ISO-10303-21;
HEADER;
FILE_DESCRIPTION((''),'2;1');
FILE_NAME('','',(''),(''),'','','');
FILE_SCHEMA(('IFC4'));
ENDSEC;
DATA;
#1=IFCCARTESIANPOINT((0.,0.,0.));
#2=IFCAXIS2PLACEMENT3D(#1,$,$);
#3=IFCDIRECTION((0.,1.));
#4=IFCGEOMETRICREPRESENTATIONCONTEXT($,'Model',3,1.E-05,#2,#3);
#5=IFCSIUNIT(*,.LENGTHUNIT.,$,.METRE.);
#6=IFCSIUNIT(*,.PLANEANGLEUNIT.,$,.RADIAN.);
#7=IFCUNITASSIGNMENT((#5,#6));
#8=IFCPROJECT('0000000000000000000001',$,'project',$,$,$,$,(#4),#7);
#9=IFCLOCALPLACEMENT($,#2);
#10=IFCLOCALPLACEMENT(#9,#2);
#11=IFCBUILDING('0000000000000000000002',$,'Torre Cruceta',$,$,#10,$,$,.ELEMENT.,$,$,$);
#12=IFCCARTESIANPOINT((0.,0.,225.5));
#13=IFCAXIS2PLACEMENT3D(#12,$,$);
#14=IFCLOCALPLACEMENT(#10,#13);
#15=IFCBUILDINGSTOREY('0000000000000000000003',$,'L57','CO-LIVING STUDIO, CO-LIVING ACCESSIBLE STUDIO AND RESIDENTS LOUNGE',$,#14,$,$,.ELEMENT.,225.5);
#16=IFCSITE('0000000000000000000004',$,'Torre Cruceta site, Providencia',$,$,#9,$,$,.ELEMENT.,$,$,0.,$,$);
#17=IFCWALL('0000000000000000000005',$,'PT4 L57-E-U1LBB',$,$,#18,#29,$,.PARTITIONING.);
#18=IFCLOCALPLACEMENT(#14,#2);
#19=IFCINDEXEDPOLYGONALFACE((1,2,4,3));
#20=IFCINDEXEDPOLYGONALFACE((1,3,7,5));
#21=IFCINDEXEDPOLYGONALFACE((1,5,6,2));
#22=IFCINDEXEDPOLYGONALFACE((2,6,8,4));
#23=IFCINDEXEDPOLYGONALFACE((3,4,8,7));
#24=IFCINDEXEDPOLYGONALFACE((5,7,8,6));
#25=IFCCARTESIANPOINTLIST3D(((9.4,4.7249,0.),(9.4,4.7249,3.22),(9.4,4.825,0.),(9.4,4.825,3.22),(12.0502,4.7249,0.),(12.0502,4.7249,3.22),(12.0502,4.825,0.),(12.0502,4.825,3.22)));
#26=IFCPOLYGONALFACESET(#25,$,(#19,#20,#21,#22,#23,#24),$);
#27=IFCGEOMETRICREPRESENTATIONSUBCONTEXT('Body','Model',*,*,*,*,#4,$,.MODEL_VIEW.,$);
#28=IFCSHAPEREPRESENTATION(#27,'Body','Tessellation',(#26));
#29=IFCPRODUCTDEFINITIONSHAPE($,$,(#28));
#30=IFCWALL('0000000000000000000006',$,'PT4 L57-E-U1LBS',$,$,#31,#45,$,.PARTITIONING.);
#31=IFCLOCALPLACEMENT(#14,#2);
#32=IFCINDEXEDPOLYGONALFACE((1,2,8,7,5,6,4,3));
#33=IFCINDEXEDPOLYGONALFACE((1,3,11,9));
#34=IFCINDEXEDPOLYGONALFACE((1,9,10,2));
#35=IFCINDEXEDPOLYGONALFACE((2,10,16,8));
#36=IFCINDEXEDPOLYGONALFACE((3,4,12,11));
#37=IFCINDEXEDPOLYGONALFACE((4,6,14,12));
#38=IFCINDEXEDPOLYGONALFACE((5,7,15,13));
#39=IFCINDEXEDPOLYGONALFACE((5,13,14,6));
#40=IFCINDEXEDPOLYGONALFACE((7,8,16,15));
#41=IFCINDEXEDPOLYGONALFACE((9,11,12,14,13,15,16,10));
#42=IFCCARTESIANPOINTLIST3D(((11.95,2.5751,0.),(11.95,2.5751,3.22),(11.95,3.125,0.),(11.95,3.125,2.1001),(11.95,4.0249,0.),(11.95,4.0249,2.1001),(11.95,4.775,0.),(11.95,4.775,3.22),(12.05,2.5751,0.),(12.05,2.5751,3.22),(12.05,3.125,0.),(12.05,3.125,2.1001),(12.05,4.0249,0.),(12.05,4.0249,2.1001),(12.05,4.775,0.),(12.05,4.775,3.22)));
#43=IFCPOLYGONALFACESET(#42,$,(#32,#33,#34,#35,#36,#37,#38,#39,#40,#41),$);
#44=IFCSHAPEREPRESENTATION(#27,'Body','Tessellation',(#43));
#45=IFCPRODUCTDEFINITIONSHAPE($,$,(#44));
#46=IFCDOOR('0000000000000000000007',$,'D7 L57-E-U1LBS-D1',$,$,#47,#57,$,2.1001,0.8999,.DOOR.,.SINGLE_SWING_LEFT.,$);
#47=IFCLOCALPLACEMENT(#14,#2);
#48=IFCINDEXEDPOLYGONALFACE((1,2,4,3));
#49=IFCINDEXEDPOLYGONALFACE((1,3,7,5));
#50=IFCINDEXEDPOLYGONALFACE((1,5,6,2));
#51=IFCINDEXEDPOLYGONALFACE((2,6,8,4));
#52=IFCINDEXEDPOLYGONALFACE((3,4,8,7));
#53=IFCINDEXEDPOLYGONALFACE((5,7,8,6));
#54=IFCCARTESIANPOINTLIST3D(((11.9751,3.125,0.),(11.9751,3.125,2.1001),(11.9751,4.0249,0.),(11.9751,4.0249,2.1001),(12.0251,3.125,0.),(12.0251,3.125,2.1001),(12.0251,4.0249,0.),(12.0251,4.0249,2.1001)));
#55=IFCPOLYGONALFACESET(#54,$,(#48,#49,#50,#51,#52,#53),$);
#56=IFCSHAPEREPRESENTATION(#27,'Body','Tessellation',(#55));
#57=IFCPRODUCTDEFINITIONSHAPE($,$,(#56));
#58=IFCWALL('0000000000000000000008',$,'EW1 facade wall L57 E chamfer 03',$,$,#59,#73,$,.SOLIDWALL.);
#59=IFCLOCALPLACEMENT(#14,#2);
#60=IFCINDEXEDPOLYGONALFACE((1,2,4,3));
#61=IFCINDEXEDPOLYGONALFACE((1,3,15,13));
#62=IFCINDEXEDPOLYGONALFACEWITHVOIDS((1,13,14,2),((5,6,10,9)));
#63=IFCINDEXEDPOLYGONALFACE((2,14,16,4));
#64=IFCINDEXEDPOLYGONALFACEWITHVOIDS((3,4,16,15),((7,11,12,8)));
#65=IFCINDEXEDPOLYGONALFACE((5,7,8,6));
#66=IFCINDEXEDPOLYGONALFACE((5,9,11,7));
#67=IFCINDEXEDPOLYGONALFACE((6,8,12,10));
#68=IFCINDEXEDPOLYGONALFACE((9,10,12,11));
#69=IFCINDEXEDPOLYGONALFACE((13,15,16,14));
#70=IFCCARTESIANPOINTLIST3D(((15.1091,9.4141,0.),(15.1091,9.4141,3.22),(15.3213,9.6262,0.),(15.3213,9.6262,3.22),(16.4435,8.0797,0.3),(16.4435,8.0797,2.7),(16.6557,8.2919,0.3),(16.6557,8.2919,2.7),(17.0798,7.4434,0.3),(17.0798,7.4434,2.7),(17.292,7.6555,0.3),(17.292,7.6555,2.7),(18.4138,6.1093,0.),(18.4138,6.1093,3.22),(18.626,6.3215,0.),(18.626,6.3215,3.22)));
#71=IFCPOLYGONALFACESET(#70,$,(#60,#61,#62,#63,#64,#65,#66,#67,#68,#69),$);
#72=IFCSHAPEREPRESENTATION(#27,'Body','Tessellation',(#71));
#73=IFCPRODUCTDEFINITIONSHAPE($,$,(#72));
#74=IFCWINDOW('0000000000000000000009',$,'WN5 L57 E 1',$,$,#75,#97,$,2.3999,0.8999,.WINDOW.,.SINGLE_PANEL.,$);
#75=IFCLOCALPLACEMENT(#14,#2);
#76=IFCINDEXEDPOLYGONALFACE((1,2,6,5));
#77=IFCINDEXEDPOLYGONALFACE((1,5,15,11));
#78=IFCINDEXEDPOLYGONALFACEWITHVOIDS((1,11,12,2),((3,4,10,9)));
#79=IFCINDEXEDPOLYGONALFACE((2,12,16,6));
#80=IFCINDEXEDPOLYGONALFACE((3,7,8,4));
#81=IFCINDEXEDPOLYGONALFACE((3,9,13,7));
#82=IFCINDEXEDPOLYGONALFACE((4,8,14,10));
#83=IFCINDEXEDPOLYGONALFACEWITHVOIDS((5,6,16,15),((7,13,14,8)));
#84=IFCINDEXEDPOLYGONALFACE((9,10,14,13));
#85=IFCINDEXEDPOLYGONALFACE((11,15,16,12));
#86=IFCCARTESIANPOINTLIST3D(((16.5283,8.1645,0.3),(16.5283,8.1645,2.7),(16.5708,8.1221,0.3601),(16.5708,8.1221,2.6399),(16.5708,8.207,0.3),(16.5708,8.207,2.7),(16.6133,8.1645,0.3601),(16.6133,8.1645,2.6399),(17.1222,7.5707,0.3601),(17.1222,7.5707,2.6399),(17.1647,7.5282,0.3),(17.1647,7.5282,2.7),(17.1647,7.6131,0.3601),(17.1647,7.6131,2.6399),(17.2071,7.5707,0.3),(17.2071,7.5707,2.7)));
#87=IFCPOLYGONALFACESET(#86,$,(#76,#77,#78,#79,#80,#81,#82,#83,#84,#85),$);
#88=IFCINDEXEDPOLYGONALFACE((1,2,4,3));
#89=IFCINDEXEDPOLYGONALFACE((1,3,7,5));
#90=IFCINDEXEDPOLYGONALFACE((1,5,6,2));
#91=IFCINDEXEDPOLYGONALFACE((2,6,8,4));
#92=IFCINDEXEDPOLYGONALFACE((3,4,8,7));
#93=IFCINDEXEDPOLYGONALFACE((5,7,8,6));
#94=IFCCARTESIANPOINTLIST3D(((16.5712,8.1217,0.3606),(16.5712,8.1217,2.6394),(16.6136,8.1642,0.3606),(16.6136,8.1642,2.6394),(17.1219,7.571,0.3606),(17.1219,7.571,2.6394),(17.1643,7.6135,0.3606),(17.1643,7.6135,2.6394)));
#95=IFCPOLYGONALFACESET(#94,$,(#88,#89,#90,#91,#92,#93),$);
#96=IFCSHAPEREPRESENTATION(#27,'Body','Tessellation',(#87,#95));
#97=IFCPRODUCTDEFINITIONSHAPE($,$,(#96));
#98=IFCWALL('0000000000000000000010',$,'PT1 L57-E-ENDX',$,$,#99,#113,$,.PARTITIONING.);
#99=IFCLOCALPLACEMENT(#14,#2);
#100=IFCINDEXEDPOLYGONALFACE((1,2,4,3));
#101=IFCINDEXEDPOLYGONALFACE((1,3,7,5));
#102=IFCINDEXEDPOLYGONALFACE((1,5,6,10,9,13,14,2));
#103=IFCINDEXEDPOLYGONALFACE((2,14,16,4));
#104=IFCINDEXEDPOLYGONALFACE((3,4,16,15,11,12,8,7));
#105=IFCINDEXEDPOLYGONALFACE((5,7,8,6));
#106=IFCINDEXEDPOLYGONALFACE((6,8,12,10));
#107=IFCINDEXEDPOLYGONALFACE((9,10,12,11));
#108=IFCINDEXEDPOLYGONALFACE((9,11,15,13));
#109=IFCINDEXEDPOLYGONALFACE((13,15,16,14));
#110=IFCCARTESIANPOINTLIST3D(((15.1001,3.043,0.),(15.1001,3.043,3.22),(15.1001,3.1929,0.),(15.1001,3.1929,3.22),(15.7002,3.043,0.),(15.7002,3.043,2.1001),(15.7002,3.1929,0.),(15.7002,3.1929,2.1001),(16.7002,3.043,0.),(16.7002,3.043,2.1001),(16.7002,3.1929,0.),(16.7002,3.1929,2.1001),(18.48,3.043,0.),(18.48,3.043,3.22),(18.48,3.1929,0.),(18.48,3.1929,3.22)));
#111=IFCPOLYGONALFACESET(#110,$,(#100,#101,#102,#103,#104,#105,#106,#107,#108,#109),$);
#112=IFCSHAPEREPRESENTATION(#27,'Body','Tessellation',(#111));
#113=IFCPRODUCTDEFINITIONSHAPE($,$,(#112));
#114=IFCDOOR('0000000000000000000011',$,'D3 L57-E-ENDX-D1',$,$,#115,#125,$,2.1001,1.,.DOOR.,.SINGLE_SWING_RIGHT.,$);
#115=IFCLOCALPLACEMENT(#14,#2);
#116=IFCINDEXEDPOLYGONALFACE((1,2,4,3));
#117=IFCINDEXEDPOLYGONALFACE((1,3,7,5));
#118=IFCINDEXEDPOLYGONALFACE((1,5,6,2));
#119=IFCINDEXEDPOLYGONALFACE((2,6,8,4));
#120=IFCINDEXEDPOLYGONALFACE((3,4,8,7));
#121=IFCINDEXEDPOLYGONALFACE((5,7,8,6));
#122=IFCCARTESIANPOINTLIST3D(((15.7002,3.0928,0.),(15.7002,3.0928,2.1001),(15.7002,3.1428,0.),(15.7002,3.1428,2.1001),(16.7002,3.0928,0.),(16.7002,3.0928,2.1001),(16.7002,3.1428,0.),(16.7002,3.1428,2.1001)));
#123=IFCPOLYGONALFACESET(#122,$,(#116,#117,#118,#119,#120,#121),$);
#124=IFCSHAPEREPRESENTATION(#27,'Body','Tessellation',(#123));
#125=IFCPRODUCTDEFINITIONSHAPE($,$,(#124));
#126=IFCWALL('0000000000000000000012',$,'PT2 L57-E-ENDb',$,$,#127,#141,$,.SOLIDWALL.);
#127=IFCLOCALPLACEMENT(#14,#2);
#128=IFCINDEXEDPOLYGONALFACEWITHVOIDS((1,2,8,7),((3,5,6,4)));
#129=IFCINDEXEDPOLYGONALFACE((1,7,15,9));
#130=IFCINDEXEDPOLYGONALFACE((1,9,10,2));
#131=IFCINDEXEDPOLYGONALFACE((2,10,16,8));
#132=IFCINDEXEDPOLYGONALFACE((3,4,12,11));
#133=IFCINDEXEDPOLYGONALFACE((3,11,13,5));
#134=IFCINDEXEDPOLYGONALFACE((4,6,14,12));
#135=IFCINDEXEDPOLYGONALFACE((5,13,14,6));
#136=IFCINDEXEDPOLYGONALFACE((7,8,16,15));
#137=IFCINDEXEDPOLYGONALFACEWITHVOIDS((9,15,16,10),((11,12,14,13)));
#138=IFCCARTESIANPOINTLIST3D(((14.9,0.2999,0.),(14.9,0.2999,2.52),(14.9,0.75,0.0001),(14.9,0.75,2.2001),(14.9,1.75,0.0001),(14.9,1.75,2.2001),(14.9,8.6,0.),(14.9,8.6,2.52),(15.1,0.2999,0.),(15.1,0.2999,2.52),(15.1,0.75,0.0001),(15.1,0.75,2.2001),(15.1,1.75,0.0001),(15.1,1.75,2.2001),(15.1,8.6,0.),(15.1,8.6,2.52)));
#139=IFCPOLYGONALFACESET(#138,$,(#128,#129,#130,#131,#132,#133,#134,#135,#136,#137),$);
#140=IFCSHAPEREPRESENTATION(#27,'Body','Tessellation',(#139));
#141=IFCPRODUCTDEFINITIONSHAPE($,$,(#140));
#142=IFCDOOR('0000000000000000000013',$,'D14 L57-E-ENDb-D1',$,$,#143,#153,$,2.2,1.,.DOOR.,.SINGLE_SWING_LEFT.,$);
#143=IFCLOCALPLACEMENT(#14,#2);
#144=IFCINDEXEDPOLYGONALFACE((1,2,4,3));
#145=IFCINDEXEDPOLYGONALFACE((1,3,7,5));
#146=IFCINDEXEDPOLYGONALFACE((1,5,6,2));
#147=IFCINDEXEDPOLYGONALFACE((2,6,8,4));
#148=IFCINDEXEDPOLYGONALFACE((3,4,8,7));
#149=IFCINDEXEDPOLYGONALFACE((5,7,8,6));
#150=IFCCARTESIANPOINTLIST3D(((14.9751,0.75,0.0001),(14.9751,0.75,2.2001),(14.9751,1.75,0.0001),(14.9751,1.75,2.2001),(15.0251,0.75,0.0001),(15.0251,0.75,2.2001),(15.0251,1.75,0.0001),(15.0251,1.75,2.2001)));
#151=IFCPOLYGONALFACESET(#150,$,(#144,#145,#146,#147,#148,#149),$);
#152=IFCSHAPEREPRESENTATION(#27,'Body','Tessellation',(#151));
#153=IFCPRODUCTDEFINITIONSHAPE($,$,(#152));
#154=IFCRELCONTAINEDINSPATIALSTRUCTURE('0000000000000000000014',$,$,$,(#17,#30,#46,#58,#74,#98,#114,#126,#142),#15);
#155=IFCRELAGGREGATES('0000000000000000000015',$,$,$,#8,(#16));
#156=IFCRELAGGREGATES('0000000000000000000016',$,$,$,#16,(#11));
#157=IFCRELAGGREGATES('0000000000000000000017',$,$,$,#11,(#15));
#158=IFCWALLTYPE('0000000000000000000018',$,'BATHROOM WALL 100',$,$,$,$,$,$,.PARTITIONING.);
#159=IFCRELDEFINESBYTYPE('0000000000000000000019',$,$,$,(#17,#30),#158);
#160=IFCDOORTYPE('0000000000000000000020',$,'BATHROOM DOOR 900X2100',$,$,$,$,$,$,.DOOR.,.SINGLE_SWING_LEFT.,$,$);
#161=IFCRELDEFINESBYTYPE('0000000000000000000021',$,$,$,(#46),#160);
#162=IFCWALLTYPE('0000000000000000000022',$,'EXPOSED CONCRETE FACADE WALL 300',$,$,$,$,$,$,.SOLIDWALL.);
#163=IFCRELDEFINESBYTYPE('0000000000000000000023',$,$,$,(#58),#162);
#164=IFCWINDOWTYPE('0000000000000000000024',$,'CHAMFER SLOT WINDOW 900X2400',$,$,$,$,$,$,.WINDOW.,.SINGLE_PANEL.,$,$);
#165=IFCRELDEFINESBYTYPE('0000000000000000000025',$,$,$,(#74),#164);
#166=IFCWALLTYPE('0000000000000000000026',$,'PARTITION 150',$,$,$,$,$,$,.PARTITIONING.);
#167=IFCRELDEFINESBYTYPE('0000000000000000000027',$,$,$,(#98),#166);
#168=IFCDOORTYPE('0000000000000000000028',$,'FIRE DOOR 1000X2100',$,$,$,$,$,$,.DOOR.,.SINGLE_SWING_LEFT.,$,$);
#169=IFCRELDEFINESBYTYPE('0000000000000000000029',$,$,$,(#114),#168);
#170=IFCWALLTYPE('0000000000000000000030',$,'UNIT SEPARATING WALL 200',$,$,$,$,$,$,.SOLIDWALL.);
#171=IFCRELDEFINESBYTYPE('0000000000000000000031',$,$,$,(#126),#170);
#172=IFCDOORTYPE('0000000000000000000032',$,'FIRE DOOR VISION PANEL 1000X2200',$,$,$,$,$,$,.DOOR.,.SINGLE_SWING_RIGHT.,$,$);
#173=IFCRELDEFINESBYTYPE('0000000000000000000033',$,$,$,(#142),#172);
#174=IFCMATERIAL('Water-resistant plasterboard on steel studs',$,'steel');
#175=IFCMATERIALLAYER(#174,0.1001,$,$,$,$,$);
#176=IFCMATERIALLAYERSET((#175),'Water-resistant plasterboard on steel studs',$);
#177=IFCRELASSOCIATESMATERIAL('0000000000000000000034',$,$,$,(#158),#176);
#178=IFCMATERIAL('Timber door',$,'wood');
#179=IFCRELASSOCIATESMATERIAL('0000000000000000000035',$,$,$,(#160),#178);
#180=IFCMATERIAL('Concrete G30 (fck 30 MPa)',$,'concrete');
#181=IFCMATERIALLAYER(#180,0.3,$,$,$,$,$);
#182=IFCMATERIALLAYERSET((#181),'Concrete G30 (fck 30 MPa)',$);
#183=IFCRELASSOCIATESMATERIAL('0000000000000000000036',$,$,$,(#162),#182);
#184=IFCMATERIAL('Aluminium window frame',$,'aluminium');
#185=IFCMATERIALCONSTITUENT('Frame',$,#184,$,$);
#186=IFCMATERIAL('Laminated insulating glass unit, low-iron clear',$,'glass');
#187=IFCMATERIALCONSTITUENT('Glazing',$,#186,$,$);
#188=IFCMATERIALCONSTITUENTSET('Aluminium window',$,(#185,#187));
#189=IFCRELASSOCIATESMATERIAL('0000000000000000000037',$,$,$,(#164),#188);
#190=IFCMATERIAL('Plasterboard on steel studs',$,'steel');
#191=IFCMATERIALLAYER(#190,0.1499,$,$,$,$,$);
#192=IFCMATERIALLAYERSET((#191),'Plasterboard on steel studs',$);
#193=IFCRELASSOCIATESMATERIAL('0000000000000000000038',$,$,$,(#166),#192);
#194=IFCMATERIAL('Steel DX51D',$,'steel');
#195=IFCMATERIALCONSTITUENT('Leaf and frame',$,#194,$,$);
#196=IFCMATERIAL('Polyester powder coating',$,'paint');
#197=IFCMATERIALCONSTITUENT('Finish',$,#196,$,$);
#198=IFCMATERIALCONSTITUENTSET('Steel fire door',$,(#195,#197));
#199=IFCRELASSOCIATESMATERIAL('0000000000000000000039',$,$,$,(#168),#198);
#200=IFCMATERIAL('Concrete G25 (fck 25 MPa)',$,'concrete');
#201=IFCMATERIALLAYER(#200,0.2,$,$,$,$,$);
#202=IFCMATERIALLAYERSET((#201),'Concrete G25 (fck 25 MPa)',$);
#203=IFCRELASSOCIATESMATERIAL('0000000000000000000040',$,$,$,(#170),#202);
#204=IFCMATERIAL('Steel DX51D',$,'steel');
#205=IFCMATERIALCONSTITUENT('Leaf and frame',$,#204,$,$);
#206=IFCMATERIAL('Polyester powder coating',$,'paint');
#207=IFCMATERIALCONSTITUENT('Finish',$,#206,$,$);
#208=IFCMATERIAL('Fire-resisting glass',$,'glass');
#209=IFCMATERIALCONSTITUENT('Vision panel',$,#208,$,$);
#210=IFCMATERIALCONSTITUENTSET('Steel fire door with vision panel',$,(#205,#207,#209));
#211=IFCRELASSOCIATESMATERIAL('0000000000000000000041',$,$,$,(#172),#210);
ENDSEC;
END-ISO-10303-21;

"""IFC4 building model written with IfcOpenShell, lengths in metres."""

from ifc_helpers import new_model, si_unit, direction, frame, frame_2d, origin, place, context, subcontext, project, spatial, rectangle, hollow_rectangle, extrude, material, layer, layer_set, constituent, constituent_set, type_object, element, fill, save


model = new_model("IFC4")

# Units and contexts
model_context = context("Model", 3, precision=1e-05, world=origin(), true_north=direction((0.0, 1.0)))
body_context = subcontext(model_context, "Body", "Model", "MODEL_VIEW")
ifc_project = project(units=[si_unit("LENGTHUNIT", "METRE"), si_unit("PLANEANGLEUNIT", "RADIAN")], contexts=[model_context])

# Site, building, storey
site_placement = place(None, origin())
site = spatial("IfcSite", under=ifc_project, at=site_placement, Name="Torre Cruceta site, Providencia", CompositionType="ELEMENT", RefElevation=0.0)
building_placement = place(site_placement, origin())
building = spatial("IfcBuilding", under=site, at=building_placement, Name="Torre Cruceta", CompositionType="ELEMENT")
storey_placement = place(building_placement, frame((0.0, 0.0, 225.5)))
storey = spatial("IfcBuildingStorey", under=building, at=storey_placement, Name="L57", Description="CO-LIVING STUDIO, CO-LIVING ACCESSIBLE STUDIO AND RESIDENTS LOUNGE", CompositionType="ELEMENT", Elevation=225.5)

# Wall
ifc_material_1 = material(Name="Water-resistant plasterboard on steel studs", Category="steel")
ifc_layer_1 = layer(ifc_material_1, 0.1001)
ifc_layer_set_1 = layer_set([ifc_layer_1], Name="Water-resistant plasterboard on steel studs")
wall_type_1 = type_object("IfcWallType", Name="BATHROOM WALL 100", PredefinedType="PARTITIONING", material=ifc_layer_set_1)
wall_1_placement = place(storey_placement, frame((9.3999, 4.7749, 0.0), z_axis=(0.0, 0.0, 1.0), x_axis=(1.0, 0.0, 0.0)))
element("IfcWall", 1, at=wall_1_placement, inside=storey, type_object=wall_type_1, Name="PT4 L57-E-U1LBB", PredefinedType="PARTITIONING", context=body_context, shape_type="SweptSolid", body=[
    extrude(rectangle(XDim=2.6501, YDim=0.1001, at=frame_2d((1.3252, 0.0))), origin(), (0.0, 0.0, 1.0), 3.22),
])

# Wall, opening, door
wall_2_placement = place(storey_placement, frame((12.0, 2.575, 0.0), z_axis=(0.0, 0.0, 1.0), x_axis=(0.0, 1.0, 0.0)))
wall_2 = element("IfcWall", 2, at=wall_2_placement, inside=storey, type_object=wall_type_1, Name="PT4 L57-E-U1LBS", PredefinedType="PARTITIONING", context=body_context, shape_type="SweptSolid", body=[
    extrude(rectangle(XDim=2.2, YDim=0.1001, at=frame_2d((1.1001, 0.0))), origin(), (0.0, 0.0, 1.0), 3.22),
])
opening_1_placement = place(wall_2_placement, frame((0.55, 0.0, 0.0)))
opening_1 = element("IfcOpeningElement", 3, at=opening_1_placement, cuts=wall_2, PredefinedType="OPENING", context=body_context, shape_type="SweptSolid", body=[
    extrude(rectangle(XDim=0.8999, YDim=2.1001, at=frame_2d((0.45, 1.05))), frame((0.0, 0.0601, 0.0), z_axis=(0.0, -1.0, 0.0), x_axis=(1.0, 0.0, 0.0)), (0.0, 0.0, 1.0), 0.1201),
])
ifc_material_2 = material(Name="Timber door", Category="wood")
door_type_1 = type_object("IfcDoorType", Name="BATHROOM DOOR 900X2100", OperationType="SINGLE_SWING_LEFT", PredefinedType="DOOR", material=ifc_material_2)
door_1_placement = place(opening_1_placement, origin())
door_1 = element("IfcDoor", 4, at=door_1_placement, inside=storey, type_object=door_type_1, Name="D7 L57-E-U1LBS-D1", OperationType="SINGLE_SWING_LEFT", OverallHeight=2.1001, OverallWidth=0.8999, PredefinedType="DOOR", context=body_context, shape_type="SweptSolid", body=[
    extrude(rectangle(XDim=0.8999, YDim=2.1001, at=frame_2d((0.45, 1.05))), frame((0.0, 0.0249, 0.0), z_axis=(0.0, -1.0, 0.0), x_axis=(1.0, 0.0, 0.0)), (0.0, 0.0, 1.0), 0.05),
])
fill(opening_1, door_1)

# Wall, opening, window
ifc_material_3 = material(Name="Concrete G30 (fck 30 MPa)", Category="concrete")
ifc_layer_2 = layer(ifc_material_3, 0.3)
ifc_layer_set_2 = layer_set([ifc_layer_2], Name="Concrete G30 (fck 30 MPa)")
wall_type_2 = type_object("IfcWallType", Name="EXPOSED CONCRETE FACADE WALL 300", PredefinedType="SOLIDWALL", material=ifc_layer_set_2)
wall_3_placement = place(storey_placement, frame((18.52, 6.2153, 0.0), z_axis=(0.0, 0.0, 1.0), x_axis=(-0.707107, 0.707107, 0.0)))
wall_3 = element("IfcWall", 5, at=wall_3_placement, inside=storey, type_object=wall_type_2, Name="EW1 facade wall L57 E chamfer 03", PredefinedType="SOLIDWALL", context=body_context, shape_type="SweptSolid", body=[
    extrude(rectangle(XDim=4.6736, YDim=0.3, at=frame_2d((2.3369, 0.0))), origin(), (0.0, 0.0, 1.0), 3.22),
])
opening_2_placement = place(wall_3_placement, frame((1.8867, 0.0, 0.3)))
opening_2 = element("IfcOpeningElement", 6, at=opening_2_placement, cuts=wall_3, PredefinedType="OPENING", context=body_context, shape_type="SweptSolid", body=[
    extrude(rectangle(XDim=0.8999, YDim=2.3999, at=frame_2d((0.45, 1.2))), frame((0.0, 0.1599, 0.0), z_axis=(0.0, -1.0, 0.0), x_axis=(1.0, 0.0, 0.0)), (0.0, 0.0, 1.0), 0.3201),
])
ifc_material_4 = material(Name="Aluminium window frame", Category="aluminium")
ifc_constituent_1 = constituent(ifc_material_4, Name="Frame")
ifc_material_5 = material(Name="Laminated insulating glass unit, low-iron clear", Category="glass")
ifc_constituent_2 = constituent(ifc_material_5, Name="Glazing")
ifc_constituent_set_1 = constituent_set(constituents=[ifc_constituent_1, ifc_constituent_2], Name="Aluminium window")
window_type = type_object("IfcWindowType", Name="CHAMFER SLOT WINDOW 900X2400", PartitioningType="SINGLE_PANEL", PredefinedType="WINDOW", material=ifc_constituent_set_1)
window_placement = place(opening_2_placement, origin())
window = element("IfcWindow", 7, at=window_placement, inside=storey, type_object=window_type, Name="WN5 L57 E 1", OverallHeight=2.3999, OverallWidth=0.8999, PartitioningType="SINGLE_PANEL", PredefinedType="WINDOW", context=body_context, shape_type="SweptSolid", body=[
    extrude(hollow_rectangle(XDim=0.8999, YDim=2.3999, WallThickness=0.0601, at=frame_2d((0.45, 1.2))), frame((0.0, 0.03, 0.0), z_axis=(0.0, -1.0, 0.0), x_axis=(1.0, 0.0, 0.0)), (0.0, 0.0, 1.0), 0.0601),
    extrude(rectangle(XDim=0.7788, YDim=2.2788, at=frame_2d((0.45, 1.2))), frame((0.0, 0.03, 0.0), z_axis=(0.0, -1.0, 0.0), x_axis=(1.0, 0.0, 0.0)), (0.0, 0.0, 1.0), 0.0601),
])
fill(opening_2, window)

# Walls, openings, doors
ifc_material_6 = material(Name="Plasterboard on steel studs", Category="steel")
ifc_layer_3 = layer(ifc_material_6, 0.1499)
ifc_layer_set_3 = layer_set([ifc_layer_3], Name="Plasterboard on steel studs")
wall_type_3 = type_object("IfcWallType", Name="PARTITION 150", PredefinedType="PARTITIONING", material=ifc_layer_set_3)
wall_4_placement = place(storey_placement, frame((15.1001, 3.1179, 0.0), z_axis=(0.0, 0.0, 1.0), x_axis=(1.0, 0.0, 0.0)))
wall_4 = element("IfcWall", 8, at=wall_4_placement, inside=storey, type_object=wall_type_3, Name="PT1 L57-E-ENDX", PredefinedType="PARTITIONING", context=body_context, shape_type="SweptSolid", body=[
    extrude(rectangle(XDim=3.3799, YDim=0.1499, at=frame_2d((1.6899, 0.0))), origin(), (0.0, 0.0, 1.0), 3.22),
])
opening_3_placement = place(wall_4_placement, frame((0.6001, 0.0, 0.0)))
opening_3 = element("IfcOpeningElement", 9, at=opening_3_placement, cuts=wall_4, PredefinedType="OPENING", context=body_context, shape_type="SweptSolid", body=[
    extrude(rectangle(XDim=1.0, YDim=2.1001, at=frame_2d((0.5, 1.05))), frame((0.0, 0.085, 0.0), z_axis=(0.0, -1.0, 0.0), x_axis=(1.0, 0.0, 0.0)), (0.0, 0.0, 1.0), 0.1699),
])
ifc_material_7 = material(Name="Steel DX51D", Category="steel")
ifc_constituent_3 = constituent(ifc_material_7, Name="Leaf and frame")
ifc_material_8 = material(Name="Polyester powder coating", Category="paint")
ifc_constituent_4 = constituent(ifc_material_8, Name="Finish")
ifc_constituent_set_2 = constituent_set(constituents=[ifc_constituent_3, ifc_constituent_4], Name="Steel fire door")
door_type_2 = type_object("IfcDoorType", Name="FIRE DOOR 1000X2100", OperationType="SINGLE_SWING_LEFT", PredefinedType="DOOR", material=ifc_constituent_set_2)
door_2_placement = place(opening_3_placement, frame((1.0, 0.0, 0.0), z_axis=(0.0, 0.0, 1.0), x_axis=(-1.0, 0.0, 0.0)))
door_2 = element("IfcDoor", 10, at=door_2_placement, inside=storey, type_object=door_type_2, Name="D3 L57-E-ENDX-D1", OperationType="SINGLE_SWING_RIGHT", OverallHeight=2.1001, OverallWidth=1.0, PredefinedType="DOOR", context=body_context, shape_type="SweptSolid", body=[
    extrude(rectangle(XDim=1.0, YDim=2.1001, at=frame_2d((0.5, 1.05))), frame((0.0, 0.0251, 0.0), z_axis=(0.0, -1.0, 0.0), x_axis=(1.0, 0.0, 0.0)), (0.0, 0.0, 1.0), 0.05),
])
fill(opening_3, door_2)
ifc_material_9 = material(Name="Concrete G25 (fck 25 MPa)", Category="concrete")
ifc_layer_4 = layer(ifc_material_9, 0.2)
ifc_layer_set_4 = layer_set([ifc_layer_4], Name="Concrete G25 (fck 25 MPa)")
wall_type_4 = type_object("IfcWallType", Name="UNIT SEPARATING WALL 200", PredefinedType="SOLIDWALL", material=ifc_layer_set_4)
wall_5_placement = place(storey_placement, frame((15.0, 0.3, 0.0), z_axis=(0.0, 0.0, 1.0), x_axis=(0.0, 1.0, 0.0)))
wall_5 = element("IfcWall", 11, at=wall_5_placement, inside=storey, type_object=wall_type_4, Name="PT2 L57-E-ENDb", PredefinedType="SOLIDWALL", context=body_context, shape_type="SweptSolid", body=[
    extrude(rectangle(XDim=8.3, YDim=0.2, at=frame_2d((4.1499, 0.0))), origin(), (0.0, 0.0, 1.0), 2.52),
])
opening_4_placement = place(wall_5_placement, frame((0.45, 0.0, 0.0)))
opening_4 = element("IfcOpeningElement", 12, at=opening_4_placement, cuts=wall_5, PredefinedType="OPENING", context=body_context, shape_type="SweptSolid", body=[
    extrude(rectangle(XDim=1.0, YDim=2.2, at=frame_2d((0.5, 1.1001))), frame((0.0, 0.1099, 0.0), z_axis=(0.0, -1.0, 0.0), x_axis=(1.0, 0.0, 0.0)), (0.0, 0.0, 1.0), 0.22),
])
ifc_material_10 = material(Name="Steel DX51D", Category="steel")
ifc_constituent_5 = constituent(ifc_material_10, Name="Leaf and frame")
ifc_material_11 = material(Name="Polyester powder coating", Category="paint")
ifc_constituent_6 = constituent(ifc_material_11, Name="Finish")
ifc_material_12 = material(Name="Fire-resisting glass", Category="glass")
ifc_constituent_7 = constituent(ifc_material_12, Name="Vision panel")
ifc_constituent_set_3 = constituent_set(constituents=[ifc_constituent_5, ifc_constituent_6, ifc_constituent_7], Name="Steel fire door with vision panel")
door_type_3 = type_object("IfcDoorType", Name="FIRE DOOR VISION PANEL 1000X2200", OperationType="SINGLE_SWING_RIGHT", PredefinedType="DOOR", material=ifc_constituent_set_3)
door_3_placement = place(opening_4_placement, frame((1.0, 0.0, 0.0), z_axis=(0.0, 0.0, 1.0), x_axis=(-1.0, 0.0, 0.0)))
door_3 = element("IfcDoor", 13, at=door_3_placement, inside=storey, type_object=door_type_3, Name="D14 L57-E-ENDb-D1", OperationType="SINGLE_SWING_LEFT", OverallHeight=2.2, OverallWidth=1.0, PredefinedType="DOOR", context=body_context, shape_type="SweptSolid", body=[
    extrude(rectangle(XDim=1.0, YDim=2.2, at=frame_2d((0.5, 1.1001))), frame((0.0, 0.0251, 0.0), z_axis=(0.0, -1.0, 0.0), x_axis=(1.0, 0.0, 0.0)), (0.0, 0.0, 1.0), 0.05),
])
fill(opening_4, door_3)

save(model, "model.ifc")
